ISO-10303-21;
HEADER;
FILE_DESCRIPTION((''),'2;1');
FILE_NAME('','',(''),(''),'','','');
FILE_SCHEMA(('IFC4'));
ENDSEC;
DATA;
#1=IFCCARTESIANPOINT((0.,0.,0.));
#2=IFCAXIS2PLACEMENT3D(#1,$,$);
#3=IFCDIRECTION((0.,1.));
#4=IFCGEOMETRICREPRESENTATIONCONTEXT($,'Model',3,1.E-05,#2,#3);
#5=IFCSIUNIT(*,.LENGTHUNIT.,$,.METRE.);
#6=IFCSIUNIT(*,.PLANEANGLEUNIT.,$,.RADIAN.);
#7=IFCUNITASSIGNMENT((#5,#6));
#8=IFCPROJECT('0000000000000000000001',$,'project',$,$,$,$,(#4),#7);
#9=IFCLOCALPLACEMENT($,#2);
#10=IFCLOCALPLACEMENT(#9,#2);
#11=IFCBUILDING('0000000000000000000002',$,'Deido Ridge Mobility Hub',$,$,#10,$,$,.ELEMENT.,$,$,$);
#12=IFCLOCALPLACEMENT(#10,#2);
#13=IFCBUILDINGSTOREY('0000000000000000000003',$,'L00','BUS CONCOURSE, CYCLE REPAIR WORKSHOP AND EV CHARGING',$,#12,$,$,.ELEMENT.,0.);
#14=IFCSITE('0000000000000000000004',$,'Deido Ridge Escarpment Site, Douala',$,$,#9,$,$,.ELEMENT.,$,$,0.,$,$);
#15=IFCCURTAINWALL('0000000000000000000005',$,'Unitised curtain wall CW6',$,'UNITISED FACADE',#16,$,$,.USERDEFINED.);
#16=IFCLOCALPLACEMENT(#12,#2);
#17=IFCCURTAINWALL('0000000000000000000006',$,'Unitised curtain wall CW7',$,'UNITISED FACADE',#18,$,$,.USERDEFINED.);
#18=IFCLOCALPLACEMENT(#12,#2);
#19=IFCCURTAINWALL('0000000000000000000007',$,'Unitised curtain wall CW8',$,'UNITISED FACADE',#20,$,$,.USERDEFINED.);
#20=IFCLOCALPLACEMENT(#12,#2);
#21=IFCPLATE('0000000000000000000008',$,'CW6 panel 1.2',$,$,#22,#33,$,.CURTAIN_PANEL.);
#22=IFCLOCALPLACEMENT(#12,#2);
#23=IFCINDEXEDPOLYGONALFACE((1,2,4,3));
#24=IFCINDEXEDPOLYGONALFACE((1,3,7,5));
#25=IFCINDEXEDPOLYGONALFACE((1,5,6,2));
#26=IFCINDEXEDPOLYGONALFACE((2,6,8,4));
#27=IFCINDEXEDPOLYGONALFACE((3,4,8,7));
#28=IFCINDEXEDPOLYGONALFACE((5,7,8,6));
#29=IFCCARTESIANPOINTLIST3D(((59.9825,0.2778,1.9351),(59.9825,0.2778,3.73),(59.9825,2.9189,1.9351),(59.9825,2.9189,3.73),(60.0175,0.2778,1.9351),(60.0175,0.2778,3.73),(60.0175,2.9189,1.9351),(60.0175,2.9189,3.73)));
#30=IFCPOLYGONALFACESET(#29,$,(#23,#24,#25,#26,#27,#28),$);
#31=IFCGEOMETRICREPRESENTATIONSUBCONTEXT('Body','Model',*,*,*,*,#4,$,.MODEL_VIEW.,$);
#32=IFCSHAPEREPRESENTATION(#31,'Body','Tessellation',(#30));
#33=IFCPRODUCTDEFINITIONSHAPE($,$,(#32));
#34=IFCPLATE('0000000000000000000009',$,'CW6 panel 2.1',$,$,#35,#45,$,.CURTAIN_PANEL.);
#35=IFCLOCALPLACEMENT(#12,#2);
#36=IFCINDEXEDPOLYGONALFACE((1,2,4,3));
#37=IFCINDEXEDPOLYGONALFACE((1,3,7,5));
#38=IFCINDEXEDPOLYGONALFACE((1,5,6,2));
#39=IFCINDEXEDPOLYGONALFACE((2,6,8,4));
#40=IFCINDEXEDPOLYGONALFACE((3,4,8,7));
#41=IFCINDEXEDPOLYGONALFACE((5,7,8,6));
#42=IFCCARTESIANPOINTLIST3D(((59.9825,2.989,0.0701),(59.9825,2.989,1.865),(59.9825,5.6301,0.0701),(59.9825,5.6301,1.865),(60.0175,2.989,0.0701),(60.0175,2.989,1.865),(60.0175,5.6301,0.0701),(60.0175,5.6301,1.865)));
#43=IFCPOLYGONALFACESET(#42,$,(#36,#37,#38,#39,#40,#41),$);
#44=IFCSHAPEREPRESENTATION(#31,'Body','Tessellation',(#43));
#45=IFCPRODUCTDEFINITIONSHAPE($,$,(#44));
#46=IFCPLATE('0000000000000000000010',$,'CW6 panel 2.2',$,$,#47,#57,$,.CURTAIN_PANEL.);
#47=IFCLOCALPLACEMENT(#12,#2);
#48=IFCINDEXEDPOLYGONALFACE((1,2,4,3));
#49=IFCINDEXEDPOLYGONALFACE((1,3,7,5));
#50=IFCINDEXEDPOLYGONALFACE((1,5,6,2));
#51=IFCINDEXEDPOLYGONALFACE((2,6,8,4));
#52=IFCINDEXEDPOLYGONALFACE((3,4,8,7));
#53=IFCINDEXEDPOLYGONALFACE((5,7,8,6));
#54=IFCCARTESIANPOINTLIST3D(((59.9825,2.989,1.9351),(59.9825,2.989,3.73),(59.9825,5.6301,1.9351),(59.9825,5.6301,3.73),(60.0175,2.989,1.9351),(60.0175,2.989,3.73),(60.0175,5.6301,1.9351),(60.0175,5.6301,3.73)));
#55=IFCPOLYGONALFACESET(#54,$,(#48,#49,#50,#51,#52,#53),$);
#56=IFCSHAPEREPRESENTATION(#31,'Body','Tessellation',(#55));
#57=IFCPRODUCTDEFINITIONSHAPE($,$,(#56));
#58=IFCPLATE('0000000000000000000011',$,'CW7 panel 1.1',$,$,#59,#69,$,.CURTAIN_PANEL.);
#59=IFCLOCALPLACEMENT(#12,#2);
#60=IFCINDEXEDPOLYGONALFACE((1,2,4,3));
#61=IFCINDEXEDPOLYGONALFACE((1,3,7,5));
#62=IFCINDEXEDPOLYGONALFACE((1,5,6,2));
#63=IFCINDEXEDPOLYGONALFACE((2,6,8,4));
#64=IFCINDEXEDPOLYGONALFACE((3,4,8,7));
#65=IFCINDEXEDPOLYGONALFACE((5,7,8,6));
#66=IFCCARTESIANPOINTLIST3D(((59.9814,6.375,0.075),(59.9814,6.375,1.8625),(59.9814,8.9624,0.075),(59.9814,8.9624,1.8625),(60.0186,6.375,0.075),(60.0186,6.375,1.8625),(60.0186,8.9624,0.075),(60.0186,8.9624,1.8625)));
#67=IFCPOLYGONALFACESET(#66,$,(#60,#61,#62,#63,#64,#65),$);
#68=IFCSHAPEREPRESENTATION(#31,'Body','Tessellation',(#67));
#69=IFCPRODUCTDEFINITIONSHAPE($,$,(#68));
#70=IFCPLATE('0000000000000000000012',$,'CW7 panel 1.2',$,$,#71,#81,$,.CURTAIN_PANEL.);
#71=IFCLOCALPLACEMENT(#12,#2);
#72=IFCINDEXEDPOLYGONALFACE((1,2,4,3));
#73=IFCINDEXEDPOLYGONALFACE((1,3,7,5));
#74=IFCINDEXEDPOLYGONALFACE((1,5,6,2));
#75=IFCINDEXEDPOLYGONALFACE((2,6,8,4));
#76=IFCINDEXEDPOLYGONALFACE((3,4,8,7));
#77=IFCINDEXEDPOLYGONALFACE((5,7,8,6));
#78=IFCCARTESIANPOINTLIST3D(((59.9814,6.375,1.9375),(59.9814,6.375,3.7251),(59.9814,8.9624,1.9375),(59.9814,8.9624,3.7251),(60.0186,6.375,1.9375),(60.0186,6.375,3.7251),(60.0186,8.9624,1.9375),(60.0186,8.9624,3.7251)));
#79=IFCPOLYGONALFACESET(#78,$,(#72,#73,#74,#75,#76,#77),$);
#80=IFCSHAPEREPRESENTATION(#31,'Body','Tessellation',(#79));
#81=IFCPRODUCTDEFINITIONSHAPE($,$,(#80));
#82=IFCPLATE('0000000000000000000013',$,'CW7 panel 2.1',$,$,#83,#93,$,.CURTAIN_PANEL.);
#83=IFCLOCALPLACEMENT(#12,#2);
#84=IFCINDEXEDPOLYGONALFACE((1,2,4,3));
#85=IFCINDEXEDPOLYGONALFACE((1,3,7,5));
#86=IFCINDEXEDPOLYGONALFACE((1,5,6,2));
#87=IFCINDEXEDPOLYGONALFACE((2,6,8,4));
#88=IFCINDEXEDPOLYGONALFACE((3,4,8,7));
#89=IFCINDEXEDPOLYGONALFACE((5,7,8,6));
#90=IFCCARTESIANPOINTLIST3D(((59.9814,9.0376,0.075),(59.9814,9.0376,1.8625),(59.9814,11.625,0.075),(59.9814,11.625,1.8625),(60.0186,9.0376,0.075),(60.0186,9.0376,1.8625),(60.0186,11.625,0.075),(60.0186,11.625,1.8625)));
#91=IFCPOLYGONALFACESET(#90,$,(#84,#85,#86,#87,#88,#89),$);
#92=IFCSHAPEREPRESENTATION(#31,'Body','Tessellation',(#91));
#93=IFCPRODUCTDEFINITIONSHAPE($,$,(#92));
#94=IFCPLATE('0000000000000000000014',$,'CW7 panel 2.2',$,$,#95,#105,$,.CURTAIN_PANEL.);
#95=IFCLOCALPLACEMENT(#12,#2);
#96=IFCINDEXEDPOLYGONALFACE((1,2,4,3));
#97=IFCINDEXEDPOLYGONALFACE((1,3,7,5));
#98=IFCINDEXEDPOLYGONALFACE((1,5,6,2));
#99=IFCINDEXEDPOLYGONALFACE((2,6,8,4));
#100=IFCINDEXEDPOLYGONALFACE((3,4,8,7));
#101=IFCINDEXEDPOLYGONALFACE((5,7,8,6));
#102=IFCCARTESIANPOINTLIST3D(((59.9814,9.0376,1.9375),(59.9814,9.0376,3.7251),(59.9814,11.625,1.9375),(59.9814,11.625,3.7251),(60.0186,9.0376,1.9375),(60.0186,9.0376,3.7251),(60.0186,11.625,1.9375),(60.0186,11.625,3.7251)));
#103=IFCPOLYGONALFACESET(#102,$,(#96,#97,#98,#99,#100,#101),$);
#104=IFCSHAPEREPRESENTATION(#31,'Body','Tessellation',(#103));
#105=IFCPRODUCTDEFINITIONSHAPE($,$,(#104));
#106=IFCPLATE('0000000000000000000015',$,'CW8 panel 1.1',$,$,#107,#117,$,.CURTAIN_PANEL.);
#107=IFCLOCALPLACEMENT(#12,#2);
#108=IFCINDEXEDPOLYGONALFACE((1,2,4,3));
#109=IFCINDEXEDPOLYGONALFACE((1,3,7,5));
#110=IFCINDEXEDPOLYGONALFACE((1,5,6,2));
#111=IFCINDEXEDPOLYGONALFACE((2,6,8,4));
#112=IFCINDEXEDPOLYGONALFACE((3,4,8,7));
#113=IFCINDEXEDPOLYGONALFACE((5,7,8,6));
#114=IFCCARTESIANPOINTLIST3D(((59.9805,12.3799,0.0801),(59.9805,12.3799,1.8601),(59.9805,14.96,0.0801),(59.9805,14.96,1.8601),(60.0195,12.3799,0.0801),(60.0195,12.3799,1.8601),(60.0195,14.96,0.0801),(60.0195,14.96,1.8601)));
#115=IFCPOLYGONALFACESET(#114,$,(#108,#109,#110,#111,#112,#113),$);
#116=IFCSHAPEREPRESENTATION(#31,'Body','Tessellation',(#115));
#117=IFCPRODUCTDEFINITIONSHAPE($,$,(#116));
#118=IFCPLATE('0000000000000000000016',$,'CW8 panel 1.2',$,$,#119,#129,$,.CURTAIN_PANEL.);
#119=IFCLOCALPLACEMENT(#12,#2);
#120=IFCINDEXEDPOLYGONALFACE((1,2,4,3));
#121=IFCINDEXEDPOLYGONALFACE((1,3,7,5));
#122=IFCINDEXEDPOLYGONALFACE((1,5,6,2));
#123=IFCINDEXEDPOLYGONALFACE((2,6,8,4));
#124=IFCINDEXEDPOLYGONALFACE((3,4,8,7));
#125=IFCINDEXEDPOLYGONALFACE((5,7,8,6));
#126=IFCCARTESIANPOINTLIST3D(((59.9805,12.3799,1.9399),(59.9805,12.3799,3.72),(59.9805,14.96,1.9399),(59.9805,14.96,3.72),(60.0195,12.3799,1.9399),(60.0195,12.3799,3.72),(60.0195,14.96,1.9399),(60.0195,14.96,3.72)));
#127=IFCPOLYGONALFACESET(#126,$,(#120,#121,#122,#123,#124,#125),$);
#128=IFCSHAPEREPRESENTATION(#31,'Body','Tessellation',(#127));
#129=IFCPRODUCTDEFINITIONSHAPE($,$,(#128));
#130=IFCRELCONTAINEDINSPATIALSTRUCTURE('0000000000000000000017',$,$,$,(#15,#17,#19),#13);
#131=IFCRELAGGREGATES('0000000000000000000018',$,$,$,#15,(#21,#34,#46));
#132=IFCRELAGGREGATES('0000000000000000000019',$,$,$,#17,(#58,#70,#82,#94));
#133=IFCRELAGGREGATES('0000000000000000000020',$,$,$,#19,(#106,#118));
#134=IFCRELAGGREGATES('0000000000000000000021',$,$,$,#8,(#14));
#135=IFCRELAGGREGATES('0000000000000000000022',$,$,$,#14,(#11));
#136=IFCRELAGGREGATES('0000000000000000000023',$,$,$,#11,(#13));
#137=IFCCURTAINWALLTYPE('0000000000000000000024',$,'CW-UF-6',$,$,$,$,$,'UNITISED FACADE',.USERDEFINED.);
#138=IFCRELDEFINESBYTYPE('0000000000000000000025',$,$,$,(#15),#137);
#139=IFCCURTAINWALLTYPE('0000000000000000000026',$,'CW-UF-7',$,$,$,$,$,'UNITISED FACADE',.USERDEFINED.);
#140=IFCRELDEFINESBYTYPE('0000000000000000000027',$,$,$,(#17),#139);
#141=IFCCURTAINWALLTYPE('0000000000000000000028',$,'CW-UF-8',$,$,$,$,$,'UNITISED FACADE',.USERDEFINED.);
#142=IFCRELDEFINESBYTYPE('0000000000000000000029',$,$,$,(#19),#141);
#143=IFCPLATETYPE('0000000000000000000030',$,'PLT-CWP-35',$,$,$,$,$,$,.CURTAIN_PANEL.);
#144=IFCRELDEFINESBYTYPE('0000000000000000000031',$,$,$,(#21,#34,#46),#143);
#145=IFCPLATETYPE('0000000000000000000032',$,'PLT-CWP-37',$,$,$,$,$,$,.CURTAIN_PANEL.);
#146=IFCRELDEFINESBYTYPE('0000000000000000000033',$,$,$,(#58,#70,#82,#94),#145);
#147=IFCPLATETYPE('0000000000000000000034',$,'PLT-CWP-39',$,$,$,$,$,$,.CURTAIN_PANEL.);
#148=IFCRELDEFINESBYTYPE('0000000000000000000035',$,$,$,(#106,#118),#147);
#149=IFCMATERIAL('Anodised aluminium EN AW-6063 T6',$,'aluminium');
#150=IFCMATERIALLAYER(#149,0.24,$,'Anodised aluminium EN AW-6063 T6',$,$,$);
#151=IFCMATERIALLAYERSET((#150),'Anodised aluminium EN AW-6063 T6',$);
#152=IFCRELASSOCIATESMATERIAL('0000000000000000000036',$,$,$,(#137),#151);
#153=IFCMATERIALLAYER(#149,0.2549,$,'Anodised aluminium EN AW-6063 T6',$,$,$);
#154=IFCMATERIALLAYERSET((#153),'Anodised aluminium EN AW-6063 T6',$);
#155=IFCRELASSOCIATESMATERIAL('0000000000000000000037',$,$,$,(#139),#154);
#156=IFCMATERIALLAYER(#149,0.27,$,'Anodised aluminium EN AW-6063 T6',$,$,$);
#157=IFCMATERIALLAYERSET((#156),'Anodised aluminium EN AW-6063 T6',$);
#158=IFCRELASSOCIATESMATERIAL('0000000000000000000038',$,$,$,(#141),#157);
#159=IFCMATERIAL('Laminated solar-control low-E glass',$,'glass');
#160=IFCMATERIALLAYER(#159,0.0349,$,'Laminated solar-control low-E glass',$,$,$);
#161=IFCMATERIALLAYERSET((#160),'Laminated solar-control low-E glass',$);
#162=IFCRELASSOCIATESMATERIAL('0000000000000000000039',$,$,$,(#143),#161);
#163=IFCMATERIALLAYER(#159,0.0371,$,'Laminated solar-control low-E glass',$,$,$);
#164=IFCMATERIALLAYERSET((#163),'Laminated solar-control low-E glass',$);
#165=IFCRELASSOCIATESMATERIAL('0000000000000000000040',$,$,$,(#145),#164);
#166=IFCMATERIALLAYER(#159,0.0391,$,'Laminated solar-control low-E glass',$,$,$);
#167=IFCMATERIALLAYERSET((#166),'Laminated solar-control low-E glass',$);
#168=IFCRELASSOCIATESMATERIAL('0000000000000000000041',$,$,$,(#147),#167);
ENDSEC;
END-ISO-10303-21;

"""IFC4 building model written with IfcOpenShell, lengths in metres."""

from ifc_helpers import new_model, si_unit, direction, frame, origin, origin_2d, place, context, subcontext, project, spatial, rectangle, extrude, material, layer, layer_set, type_object, element, aggregate, save


model = new_model("IFC4")

# Units and contexts
model_context = context("Model", 3, precision=1e-05, world=origin(), true_north=direction((0.0, 1.0)))
body_context = subcontext(model_context, "Body", "Model", "MODEL_VIEW")
ifc_project = project(units=[si_unit("LENGTHUNIT", "METRE"), si_unit("PLANEANGLEUNIT", "RADIAN")], contexts=[model_context])

# Site, building, storey
site_placement = place(None, origin())
site = spatial("IfcSite", under=ifc_project, at=site_placement, Name="Deido Ridge Escarpment Site, Douala", CompositionType="ELEMENT", RefElevation=0.0)
building_placement = place(site_placement, origin())
building = spatial("IfcBuilding", under=site, at=building_placement, Name="Deido Ridge Mobility Hub", CompositionType="ELEMENT")
storey_placement = place(building_placement, origin())
storey = spatial("IfcBuildingStorey", under=building, at=storey_placement, Name="L00", Description="BUS CONCOURSE, CYCLE REPAIR WORKSHOP AND EV CHARGING", CompositionType="ELEMENT", Elevation=0.0)

# Shared definitions
ifc_material_1 = material(Name="Anodised aluminium EN AW-6063 T6", Category="aluminium")

# Curtain walls
ifc_layer_1 = layer(ifc_material_1, 0.24, Name="Anodised aluminium EN AW-6063 T6")
ifc_layer_set_1 = layer_set([ifc_layer_1], Name="Anodised aluminium EN AW-6063 T6")
curtain_wall_type_1 = type_object("IfcCurtainWallType", Name="CW-UF-6", ElementType="UNITISED FACADE", PredefinedType="USERDEFINED", material=ifc_layer_set_1)
curtain_wall_1_placement = place(storey_placement, origin())
curtain_wall_1 = element("IfcCurtainWall", 1, at=curtain_wall_1_placement, inside=storey, type_object=curtain_wall_type_1, Name="Unitised curtain wall CW6", ObjectType="UNITISED FACADE", PredefinedType="USERDEFINED")
ifc_layer_2 = layer(ifc_material_1, 0.2549, Name="Anodised aluminium EN AW-6063 T6")
ifc_layer_set_2 = layer_set([ifc_layer_2], Name="Anodised aluminium EN AW-6063 T6")
curtain_wall_type_2 = type_object("IfcCurtainWallType", Name="CW-UF-7", ElementType="UNITISED FACADE", PredefinedType="USERDEFINED", material=ifc_layer_set_2)
curtain_wall_2_placement = place(storey_placement, origin())
curtain_wall_2 = element("IfcCurtainWall", 2, at=curtain_wall_2_placement, inside=storey, type_object=curtain_wall_type_2, Name="Unitised curtain wall CW7", ObjectType="UNITISED FACADE", PredefinedType="USERDEFINED")

# Curtain wall
ifc_layer_3 = layer(ifc_material_1, 0.27, Name="Anodised aluminium EN AW-6063 T6")
ifc_layer_set_3 = layer_set([ifc_layer_3], Name="Anodised aluminium EN AW-6063 T6")
curtain_wall_type_3 = type_object("IfcCurtainWallType", Name="CW-UF-8", ElementType="UNITISED FACADE", PredefinedType="USERDEFINED", material=ifc_layer_set_3)
curtain_wall_3_placement = place(storey_placement, origin())
curtain_wall_3 = element("IfcCurtainWall", 3, at=curtain_wall_3_placement, inside=storey, type_object=curtain_wall_type_3, Name="Unitised curtain wall CW8", ObjectType="UNITISED FACADE", PredefinedType="USERDEFINED")

# Plates
ifc_material_2 = material(Name="Laminated solar-control low-E glass", Category="glass")
ifc_layer_4 = layer(ifc_material_2, 0.0349, Name="Laminated solar-control low-E glass")
ifc_layer_set_4 = layer_set([ifc_layer_4], Name="Laminated solar-control low-E glass")
plate_type_1 = type_object("IfcPlateType", Name="PLT-CWP-35", PredefinedType="CURTAIN_PANEL", material=ifc_layer_set_4)
plate_1_placement = place(storey_placement, frame((60.0, 1.5984, 1.9351), z_axis=(0.0, 0.0, 1.0), x_axis=(0.0, 1.0, 0.0)))
plate_1 = element("IfcPlate", 4, at=plate_1_placement, type_object=plate_type_1, Name="CW6 panel 1.2", PredefinedType="CURTAIN_PANEL", context=body_context, shape_type="SweptSolid", body=[
    extrude(rectangle(XDim=2.6411, YDim=0.0349, at=origin_2d()), origin(), (0.0, 0.0, 1.0), 1.7949),
])
plate_2_placement = place(storey_placement, frame((60.0, 4.3096, 0.0701), z_axis=(0.0, 0.0, 1.0), x_axis=(0.0, 1.0, 0.0)))
plate_2 = element("IfcPlate", 5, at=plate_2_placement, type_object=plate_type_1, Name="CW6 panel 2.1", PredefinedType="CURTAIN_PANEL", context=body_context, shape_type="SweptSolid", body=[
    extrude(rectangle(XDim=2.6411, YDim=0.0349, at=origin_2d()), origin(), (0.0, 0.0, 1.0), 1.7949),
])
plate_3_placement = place(storey_placement, frame((60.0, 4.3096, 1.9351), z_axis=(0.0, 0.0, 1.0), x_axis=(0.0, 1.0, 0.0)))
plate_3 = element("IfcPlate", 6, at=plate_3_placement, type_object=plate_type_1, Name="CW6 panel 2.2", PredefinedType="CURTAIN_PANEL", context=body_context, shape_type="SweptSolid", body=[
    extrude(rectangle(XDim=2.6411, YDim=0.0349, at=origin_2d()), origin(), (0.0, 0.0, 1.0), 1.7949),
])
aggregate(curtain_wall_1, [plate_1, plate_2, plate_3])
ifc_layer_5 = layer(ifc_material_2, 0.0371, Name="Laminated solar-control low-E glass")
ifc_layer_set_5 = layer_set([ifc_layer_5], Name="Laminated solar-control low-E glass")
plate_type_2 = type_object("IfcPlateType", Name="PLT-CWP-37", PredefinedType="CURTAIN_PANEL", material=ifc_layer_set_5)
plate_4_placement = place(storey_placement, frame((60.0, 7.6687, 0.075), z_axis=(0.0, 0.0, 1.0), x_axis=(0.0, 1.0, 0.0)))
plate_4 = element("IfcPlate", 7, at=plate_4_placement, type_object=plate_type_2, Name="CW7 panel 1.1", PredefinedType="CURTAIN_PANEL", context=body_context, shape_type="SweptSolid", body=[
    extrude(rectangle(XDim=2.5874, YDim=0.0371, at=origin_2d()), origin(), (0.0, 0.0, 1.0), 1.7876),
])
plate_5_placement = place(storey_placement, frame((60.0, 7.6687, 1.9375), z_axis=(0.0, 0.0, 1.0), x_axis=(0.0, 1.0, 0.0)))
plate_5 = element("IfcPlate", 8, at=plate_5_placement, type_object=plate_type_2, Name="CW7 panel 1.2", PredefinedType="CURTAIN_PANEL", context=body_context, shape_type="SweptSolid", body=[
    extrude(rectangle(XDim=2.5874, YDim=0.0371, at=origin_2d()), origin(), (0.0, 0.0, 1.0), 1.7876),
])
plate_6_placement = place(storey_placement, frame((60.0, 10.3313, 0.075), z_axis=(0.0, 0.0, 1.0), x_axis=(0.0, 1.0, 0.0)))
plate_6 = element("IfcPlate", 9, at=plate_6_placement, type_object=plate_type_2, Name="CW7 panel 2.1", PredefinedType="CURTAIN_PANEL", context=body_context, shape_type="SweptSolid", body=[
    extrude(rectangle(XDim=2.5874, YDim=0.0371, at=origin_2d()), origin(), (0.0, 0.0, 1.0), 1.7876),
])
plate_7_placement = place(storey_placement, frame((60.0, 10.3313, 1.9375), z_axis=(0.0, 0.0, 1.0), x_axis=(0.0, 1.0, 0.0)))
plate_7 = element("IfcPlate", 10, at=plate_7_placement, type_object=plate_type_2, Name="CW7 panel 2.2", PredefinedType="CURTAIN_PANEL", context=body_context, shape_type="SweptSolid", body=[
    extrude(rectangle(XDim=2.5874, YDim=0.0371, at=origin_2d()), origin(), (0.0, 0.0, 1.0), 1.7876),
])
aggregate(curtain_wall_2, [plate_4, plate_5, plate_6, plate_7])
ifc_layer_6 = layer(ifc_material_2, 0.0391, Name="Laminated solar-control low-E glass")
ifc_layer_set_6 = layer_set([ifc_layer_6], Name="Laminated solar-control low-E glass")
plate_type_3 = type_object("IfcPlateType", Name="PLT-CWP-39", PredefinedType="CURTAIN_PANEL", material=ifc_layer_set_6)
plate_8_placement = place(storey_placement, frame((60.0, 13.6699, 0.0801), z_axis=(0.0, 0.0, 1.0), x_axis=(0.0, 1.0, 0.0)))
plate_8 = element("IfcPlate", 11, at=plate_8_placement, type_object=plate_type_3, Name="CW8 panel 1.1", PredefinedType="CURTAIN_PANEL", context=body_context, shape_type="SweptSolid", body=[
    extrude(rectangle(XDim=2.5801, YDim=0.0391, at=origin_2d()), origin(), (0.0, 0.0, 1.0), 1.78),
])
plate_9_placement = place(storey_placement, frame((60.0, 13.6699, 1.9399), z_axis=(0.0, 0.0, 1.0), x_axis=(0.0, 1.0, 0.0)))
plate_9 = element("IfcPlate", 12, at=plate_9_placement, type_object=plate_type_3, Name="CW8 panel 1.2", PredefinedType="CURTAIN_PANEL", context=body_context, shape_type="SweptSolid", body=[
    extrude(rectangle(XDim=2.5801, YDim=0.0391, at=origin_2d()), origin(), (0.0, 0.0, 1.0), 1.78),
])
aggregate(curtain_wall_3, [plate_8, plate_9])

save(model, "model.ifc")
